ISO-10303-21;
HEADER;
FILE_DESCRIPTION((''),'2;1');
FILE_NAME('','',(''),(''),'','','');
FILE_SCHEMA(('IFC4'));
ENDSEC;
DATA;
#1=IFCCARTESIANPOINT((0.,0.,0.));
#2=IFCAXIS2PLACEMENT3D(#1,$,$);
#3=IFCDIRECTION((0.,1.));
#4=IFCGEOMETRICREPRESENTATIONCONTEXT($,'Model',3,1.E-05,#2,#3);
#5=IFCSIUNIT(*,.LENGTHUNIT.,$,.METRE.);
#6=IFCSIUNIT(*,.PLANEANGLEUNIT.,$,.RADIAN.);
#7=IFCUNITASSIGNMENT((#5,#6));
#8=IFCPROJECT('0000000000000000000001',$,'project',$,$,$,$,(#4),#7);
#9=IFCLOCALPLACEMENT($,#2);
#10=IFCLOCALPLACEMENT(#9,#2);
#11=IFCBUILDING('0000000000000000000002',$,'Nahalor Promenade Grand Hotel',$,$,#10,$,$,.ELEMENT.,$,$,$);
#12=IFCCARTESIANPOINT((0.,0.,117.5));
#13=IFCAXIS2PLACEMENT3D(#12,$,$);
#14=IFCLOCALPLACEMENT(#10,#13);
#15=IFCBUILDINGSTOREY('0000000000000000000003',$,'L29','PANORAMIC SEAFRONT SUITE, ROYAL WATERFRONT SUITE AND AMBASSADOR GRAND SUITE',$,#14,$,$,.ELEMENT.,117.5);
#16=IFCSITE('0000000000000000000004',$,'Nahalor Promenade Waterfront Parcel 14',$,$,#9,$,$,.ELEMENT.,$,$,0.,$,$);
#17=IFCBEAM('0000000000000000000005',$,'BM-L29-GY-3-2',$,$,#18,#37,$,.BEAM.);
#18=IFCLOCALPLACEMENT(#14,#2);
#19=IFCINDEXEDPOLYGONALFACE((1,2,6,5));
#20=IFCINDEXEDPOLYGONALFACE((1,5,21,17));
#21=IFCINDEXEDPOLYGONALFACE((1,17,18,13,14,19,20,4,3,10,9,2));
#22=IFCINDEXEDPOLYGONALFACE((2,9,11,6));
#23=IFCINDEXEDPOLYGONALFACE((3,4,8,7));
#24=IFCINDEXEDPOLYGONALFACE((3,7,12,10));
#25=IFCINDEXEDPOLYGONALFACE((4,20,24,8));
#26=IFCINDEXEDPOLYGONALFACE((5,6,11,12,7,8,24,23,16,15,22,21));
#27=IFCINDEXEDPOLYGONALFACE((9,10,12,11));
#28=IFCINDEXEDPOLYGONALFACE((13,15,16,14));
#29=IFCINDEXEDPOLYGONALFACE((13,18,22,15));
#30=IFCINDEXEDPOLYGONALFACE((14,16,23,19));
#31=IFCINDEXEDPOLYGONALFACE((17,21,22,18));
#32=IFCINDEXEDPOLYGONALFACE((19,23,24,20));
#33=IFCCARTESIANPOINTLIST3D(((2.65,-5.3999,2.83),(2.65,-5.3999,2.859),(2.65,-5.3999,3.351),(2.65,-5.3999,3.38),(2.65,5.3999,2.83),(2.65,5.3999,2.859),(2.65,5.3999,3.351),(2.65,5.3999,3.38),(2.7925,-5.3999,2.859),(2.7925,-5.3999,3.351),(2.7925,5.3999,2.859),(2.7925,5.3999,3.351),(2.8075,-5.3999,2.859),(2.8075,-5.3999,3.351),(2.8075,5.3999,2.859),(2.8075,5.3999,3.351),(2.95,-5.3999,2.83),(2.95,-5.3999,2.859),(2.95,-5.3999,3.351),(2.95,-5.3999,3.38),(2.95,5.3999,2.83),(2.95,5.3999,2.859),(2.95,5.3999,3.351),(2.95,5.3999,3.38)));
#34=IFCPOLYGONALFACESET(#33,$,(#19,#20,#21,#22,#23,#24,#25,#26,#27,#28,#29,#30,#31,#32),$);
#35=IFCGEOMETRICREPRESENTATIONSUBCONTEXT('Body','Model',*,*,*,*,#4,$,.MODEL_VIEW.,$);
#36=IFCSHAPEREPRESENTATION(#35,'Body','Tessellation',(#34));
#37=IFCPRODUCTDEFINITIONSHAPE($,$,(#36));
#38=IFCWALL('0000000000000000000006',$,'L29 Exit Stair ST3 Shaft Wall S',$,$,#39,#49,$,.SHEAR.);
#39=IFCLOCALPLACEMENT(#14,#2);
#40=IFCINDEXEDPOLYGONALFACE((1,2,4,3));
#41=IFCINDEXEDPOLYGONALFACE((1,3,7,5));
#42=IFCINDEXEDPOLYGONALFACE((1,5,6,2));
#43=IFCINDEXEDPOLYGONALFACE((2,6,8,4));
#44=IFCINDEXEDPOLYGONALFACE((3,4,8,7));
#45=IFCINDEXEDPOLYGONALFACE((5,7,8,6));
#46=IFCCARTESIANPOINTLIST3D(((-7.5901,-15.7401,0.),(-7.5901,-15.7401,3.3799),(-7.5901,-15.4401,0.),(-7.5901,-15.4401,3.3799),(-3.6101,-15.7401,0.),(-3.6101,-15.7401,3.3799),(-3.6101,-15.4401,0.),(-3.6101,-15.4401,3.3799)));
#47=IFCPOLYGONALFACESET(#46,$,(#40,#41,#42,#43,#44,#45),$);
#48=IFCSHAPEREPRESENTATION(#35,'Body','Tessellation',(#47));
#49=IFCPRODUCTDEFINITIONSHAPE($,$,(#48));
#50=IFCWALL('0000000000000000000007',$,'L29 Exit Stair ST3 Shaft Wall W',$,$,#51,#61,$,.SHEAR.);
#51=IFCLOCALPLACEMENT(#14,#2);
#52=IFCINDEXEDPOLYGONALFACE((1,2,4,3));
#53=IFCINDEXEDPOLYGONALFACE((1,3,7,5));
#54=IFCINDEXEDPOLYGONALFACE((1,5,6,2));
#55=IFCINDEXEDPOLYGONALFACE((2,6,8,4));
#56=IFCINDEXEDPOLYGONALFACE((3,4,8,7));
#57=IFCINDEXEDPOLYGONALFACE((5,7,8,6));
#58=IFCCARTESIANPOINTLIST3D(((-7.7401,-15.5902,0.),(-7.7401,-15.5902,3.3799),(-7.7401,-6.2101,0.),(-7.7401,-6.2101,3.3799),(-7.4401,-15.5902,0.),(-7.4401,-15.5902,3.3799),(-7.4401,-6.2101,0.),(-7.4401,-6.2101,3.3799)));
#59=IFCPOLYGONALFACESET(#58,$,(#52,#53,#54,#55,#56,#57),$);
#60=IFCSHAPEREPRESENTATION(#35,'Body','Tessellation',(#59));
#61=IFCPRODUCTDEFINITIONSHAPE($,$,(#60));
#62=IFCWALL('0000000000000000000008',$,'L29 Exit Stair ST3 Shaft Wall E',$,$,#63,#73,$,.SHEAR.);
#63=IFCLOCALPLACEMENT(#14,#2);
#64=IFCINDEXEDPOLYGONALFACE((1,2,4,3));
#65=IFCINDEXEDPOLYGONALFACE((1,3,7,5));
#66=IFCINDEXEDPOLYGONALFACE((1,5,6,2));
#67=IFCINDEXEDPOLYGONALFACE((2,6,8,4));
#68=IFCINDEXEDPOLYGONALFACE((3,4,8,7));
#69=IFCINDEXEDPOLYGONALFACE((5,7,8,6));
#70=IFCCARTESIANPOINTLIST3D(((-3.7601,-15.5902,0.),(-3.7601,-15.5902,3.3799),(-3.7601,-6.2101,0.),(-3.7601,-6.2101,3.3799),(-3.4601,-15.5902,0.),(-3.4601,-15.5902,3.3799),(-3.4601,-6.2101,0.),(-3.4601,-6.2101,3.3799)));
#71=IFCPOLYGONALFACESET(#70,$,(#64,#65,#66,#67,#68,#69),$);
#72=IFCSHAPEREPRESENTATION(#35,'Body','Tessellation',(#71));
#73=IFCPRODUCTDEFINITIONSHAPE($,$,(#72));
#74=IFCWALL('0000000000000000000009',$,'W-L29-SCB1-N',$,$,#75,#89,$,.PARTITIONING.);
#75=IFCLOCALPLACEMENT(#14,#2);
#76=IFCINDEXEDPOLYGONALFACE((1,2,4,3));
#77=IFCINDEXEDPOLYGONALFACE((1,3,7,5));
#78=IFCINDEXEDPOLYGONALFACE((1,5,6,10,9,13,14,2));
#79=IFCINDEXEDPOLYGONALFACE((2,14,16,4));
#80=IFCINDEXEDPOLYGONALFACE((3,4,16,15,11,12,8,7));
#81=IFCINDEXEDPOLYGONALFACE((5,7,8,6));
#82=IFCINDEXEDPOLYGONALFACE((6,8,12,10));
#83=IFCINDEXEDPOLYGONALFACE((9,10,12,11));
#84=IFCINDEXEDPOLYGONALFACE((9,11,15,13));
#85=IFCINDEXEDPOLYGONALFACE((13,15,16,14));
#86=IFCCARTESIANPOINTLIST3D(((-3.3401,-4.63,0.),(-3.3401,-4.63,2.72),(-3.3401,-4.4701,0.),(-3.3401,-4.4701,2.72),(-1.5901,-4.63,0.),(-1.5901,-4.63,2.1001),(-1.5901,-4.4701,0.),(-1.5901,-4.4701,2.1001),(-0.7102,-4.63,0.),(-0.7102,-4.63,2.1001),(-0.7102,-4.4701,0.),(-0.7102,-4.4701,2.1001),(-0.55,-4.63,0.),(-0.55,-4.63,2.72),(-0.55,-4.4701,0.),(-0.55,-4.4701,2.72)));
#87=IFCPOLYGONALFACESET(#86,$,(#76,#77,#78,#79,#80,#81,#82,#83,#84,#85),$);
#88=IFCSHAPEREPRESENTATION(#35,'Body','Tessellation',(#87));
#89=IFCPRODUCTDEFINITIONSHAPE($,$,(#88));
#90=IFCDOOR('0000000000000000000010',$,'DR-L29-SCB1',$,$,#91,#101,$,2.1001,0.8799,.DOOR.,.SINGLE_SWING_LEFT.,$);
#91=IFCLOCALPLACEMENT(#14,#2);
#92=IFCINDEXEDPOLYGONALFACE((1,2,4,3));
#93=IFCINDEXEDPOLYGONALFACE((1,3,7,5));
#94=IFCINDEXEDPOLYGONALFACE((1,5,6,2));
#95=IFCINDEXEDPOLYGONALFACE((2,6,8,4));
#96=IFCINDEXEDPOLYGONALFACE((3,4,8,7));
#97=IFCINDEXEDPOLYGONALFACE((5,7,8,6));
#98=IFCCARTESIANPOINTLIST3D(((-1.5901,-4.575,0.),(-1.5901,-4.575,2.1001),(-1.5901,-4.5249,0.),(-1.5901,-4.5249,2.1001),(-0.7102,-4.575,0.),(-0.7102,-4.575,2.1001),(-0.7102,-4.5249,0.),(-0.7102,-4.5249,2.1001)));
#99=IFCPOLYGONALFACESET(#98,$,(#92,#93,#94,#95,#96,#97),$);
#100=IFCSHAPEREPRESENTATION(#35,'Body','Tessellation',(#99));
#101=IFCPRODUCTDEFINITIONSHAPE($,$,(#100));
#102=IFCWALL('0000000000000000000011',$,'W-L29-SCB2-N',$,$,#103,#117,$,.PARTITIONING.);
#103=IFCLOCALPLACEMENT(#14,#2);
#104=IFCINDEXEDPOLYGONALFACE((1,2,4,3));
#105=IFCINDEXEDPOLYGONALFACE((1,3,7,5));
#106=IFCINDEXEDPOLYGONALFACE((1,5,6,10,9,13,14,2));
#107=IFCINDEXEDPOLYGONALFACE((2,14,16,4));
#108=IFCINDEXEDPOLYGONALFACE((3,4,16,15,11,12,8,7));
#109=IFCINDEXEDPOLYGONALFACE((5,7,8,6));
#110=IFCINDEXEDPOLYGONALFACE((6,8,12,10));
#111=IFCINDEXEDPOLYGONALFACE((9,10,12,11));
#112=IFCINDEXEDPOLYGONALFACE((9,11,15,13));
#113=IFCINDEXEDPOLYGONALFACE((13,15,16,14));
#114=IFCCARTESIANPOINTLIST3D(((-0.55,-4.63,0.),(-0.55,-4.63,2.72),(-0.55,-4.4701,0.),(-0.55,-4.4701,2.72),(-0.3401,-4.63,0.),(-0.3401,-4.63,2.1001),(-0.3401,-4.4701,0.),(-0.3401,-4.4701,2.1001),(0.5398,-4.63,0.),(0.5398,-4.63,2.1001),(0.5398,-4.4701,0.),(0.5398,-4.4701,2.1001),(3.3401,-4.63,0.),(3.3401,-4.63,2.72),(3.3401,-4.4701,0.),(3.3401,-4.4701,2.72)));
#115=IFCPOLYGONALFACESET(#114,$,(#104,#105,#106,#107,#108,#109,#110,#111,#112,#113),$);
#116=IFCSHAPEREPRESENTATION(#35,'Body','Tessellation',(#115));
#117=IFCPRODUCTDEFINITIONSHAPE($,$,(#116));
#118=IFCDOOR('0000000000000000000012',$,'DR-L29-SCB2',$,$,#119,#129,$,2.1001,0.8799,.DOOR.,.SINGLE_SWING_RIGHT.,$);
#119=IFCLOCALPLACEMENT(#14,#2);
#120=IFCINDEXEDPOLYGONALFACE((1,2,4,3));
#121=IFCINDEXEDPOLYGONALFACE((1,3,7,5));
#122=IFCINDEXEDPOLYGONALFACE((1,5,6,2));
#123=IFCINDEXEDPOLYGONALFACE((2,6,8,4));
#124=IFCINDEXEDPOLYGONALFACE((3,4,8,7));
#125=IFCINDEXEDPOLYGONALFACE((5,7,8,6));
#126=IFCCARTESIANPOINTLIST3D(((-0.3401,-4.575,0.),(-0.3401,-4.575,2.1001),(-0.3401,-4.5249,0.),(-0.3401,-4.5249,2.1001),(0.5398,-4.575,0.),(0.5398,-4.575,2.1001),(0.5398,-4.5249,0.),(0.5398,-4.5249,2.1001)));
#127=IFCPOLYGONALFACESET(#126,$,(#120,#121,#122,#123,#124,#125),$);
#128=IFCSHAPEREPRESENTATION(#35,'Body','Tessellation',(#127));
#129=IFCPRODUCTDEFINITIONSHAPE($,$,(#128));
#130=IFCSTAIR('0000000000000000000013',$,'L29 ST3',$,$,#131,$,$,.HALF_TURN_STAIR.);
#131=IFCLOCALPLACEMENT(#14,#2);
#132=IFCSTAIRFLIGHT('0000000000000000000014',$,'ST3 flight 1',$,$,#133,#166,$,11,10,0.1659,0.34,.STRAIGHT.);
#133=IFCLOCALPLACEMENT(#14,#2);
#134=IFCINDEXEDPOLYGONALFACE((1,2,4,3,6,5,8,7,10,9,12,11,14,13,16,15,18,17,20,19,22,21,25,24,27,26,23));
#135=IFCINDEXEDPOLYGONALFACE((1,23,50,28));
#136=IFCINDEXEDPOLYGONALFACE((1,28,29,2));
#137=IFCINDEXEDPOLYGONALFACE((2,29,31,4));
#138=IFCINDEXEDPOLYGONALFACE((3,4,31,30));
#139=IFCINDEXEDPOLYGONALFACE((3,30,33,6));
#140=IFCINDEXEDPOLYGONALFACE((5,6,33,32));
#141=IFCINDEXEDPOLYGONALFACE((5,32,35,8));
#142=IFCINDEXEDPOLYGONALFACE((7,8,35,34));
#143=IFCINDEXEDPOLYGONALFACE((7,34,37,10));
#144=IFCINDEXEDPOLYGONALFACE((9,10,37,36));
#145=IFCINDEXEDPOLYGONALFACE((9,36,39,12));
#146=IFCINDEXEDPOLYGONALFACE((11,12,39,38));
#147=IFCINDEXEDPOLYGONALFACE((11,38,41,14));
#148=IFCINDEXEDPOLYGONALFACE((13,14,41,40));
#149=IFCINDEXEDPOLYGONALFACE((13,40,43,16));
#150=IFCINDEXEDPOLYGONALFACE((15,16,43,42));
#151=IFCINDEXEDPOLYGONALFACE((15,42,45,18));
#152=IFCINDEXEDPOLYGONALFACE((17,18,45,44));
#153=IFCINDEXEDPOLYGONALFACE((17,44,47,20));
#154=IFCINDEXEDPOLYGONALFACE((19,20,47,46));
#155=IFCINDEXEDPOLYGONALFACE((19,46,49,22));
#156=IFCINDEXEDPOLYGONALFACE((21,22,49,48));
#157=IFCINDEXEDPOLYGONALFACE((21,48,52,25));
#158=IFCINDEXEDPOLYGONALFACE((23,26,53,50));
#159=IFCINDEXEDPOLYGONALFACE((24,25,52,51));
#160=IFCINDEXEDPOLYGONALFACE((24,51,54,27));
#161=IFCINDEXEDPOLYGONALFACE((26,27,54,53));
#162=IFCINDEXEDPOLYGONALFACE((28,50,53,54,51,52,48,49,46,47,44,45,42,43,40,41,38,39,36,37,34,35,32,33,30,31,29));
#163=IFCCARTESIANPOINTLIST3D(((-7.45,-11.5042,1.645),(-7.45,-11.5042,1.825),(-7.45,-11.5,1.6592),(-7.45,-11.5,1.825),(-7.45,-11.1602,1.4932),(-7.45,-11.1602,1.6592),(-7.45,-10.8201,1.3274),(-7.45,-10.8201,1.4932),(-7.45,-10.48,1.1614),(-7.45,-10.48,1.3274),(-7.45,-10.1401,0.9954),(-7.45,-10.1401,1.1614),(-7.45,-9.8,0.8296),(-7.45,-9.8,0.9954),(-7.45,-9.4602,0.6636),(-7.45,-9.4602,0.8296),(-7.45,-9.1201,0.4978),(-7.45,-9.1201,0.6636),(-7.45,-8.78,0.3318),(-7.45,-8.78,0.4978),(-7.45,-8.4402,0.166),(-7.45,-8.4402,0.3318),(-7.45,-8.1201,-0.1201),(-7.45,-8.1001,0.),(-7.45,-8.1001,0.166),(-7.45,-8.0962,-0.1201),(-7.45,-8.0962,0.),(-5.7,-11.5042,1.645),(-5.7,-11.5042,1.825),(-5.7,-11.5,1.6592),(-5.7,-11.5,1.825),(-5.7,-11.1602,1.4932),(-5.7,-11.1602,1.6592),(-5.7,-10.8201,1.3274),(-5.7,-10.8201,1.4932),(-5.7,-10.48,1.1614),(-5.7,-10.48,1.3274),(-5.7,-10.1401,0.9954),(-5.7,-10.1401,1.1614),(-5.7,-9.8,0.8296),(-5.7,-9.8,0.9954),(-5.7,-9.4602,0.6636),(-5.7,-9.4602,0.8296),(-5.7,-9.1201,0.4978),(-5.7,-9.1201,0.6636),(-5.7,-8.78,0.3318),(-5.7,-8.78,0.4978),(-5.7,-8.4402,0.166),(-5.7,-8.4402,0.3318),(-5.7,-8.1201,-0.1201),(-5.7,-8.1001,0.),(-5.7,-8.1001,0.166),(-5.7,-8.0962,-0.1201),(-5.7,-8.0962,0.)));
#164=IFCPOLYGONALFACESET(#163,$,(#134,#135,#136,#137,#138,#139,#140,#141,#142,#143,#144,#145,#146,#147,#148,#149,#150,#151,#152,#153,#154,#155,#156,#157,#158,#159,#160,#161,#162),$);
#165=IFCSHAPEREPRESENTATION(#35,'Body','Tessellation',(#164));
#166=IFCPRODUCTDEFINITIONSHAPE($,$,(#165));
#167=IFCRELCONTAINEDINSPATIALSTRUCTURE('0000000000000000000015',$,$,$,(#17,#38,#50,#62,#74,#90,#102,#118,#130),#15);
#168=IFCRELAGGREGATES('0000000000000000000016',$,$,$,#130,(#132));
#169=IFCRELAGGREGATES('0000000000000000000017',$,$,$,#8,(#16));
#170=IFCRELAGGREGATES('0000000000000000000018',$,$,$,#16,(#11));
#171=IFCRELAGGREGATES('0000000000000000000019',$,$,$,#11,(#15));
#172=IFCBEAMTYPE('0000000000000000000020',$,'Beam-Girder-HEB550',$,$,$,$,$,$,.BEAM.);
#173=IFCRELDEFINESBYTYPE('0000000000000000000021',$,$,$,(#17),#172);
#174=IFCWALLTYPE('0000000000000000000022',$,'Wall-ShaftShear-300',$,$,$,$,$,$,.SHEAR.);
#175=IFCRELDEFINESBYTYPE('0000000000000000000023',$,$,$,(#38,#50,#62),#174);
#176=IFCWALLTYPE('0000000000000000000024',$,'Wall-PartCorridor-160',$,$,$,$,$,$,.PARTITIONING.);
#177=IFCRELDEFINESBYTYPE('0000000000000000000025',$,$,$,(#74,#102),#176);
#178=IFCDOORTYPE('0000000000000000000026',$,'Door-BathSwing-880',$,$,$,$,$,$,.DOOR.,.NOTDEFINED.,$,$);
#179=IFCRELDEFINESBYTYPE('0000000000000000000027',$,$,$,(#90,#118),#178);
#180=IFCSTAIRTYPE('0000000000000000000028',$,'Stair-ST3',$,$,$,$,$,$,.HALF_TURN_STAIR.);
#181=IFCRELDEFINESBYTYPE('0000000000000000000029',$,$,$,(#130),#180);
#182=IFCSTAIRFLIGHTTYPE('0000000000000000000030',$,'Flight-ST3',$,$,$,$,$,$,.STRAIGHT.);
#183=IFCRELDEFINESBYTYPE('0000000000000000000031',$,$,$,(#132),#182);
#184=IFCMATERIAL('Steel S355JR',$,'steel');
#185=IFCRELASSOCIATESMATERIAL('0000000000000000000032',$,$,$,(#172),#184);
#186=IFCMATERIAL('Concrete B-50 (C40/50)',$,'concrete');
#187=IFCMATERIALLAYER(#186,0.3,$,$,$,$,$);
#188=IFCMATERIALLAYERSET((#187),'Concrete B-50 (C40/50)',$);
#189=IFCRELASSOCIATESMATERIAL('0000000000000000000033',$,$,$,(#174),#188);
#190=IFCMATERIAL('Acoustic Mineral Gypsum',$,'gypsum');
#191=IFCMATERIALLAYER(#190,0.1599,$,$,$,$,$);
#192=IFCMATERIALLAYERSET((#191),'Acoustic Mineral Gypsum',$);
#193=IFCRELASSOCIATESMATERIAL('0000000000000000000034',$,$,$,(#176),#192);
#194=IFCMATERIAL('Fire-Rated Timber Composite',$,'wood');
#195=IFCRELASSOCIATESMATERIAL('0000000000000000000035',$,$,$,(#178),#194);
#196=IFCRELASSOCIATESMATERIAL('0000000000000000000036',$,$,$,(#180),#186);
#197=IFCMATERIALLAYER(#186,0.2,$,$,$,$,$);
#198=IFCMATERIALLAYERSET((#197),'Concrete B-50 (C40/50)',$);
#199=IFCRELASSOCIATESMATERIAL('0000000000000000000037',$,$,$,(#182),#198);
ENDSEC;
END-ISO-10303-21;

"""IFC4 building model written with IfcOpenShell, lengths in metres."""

from ifc_helpers import new_model, si_unit, direction, frame, frame_2d, origin, origin_2d, place, context, subcontext, project, spatial, polyline, rectangle, i_section, outline, extrude, source, transform, mapped, material, layer, layer_set, material_profile, profile_set, type_object, element, fill, aggregate, save


model = new_model("IFC4")

# Units and contexts
model_context = context("Model", 3, precision=1e-05, world=origin(), true_north=direction((0.0, 1.0)))
body_context = subcontext(model_context, "Body", "Model", "MODEL_VIEW")
ifc_project = project(units=[si_unit("LENGTHUNIT", "METRE"), si_unit("PLANEANGLEUNIT", "RADIAN")], contexts=[model_context])

# Site, building, storey
site_placement = place(None, origin())
site = spatial("IfcSite", under=ifc_project, at=site_placement, Name="Nahalor Promenade Waterfront Parcel 14", CompositionType="ELEMENT", RefElevation=0.0)
building_placement = place(site_placement, origin())
building = spatial("IfcBuilding", under=site, at=building_placement, Name="Nahalor Promenade Grand Hotel", CompositionType="ELEMENT")
storey_placement = place(building_placement, frame((0.0, 0.0, 117.5)))
storey = spatial("IfcBuildingStorey", under=building, at=storey_placement, Name="L29", Description="PANORAMIC SEAFRONT SUITE, ROYAL WATERFRONT SUITE AND AMBASSADOR GRAND SUITE", CompositionType="ELEMENT", Elevation=117.5)

# Beam
ifc_material_1 = material(Name="Steel S355JR", Category="steel")
ifc_material_profile_1 = material_profile(ifc_material_1, i_section(OverallWidth=0.3, OverallDepth=0.55, WebThickness=0.015, FlangeThickness=0.029, at=origin_2d()), Name="HEB 550")
ifc_profile_set_1 = profile_set([ifc_material_profile_1], Name="Steel S355JR")
beam_type = type_object("IfcBeamType", Name="Beam-Girder-HEB550", PredefinedType="BEAM", material=ifc_profile_set_1)
shared_shape_1 = source(origin(), body_context, "Body", "SweptSolid", [
    extrude(i_section(OverallWidth=0.3, OverallDepth=0.55, WebThickness=0.015, FlangeThickness=0.029, at=origin_2d()), origin(), (0.0, 0.0, 1.0), 10.7998),
])
for number, where, z_axis, x_axis, name in (
    (1, (2.8, -5.3999, 3.105), (0.0, 1.0, 0.0), (-1.0, 0.0, 0.0), "BM-L29-GY-3-2"),
):
    element("IfcBeam", number, at=place(storey_placement, frame(where, z_axis=z_axis, x_axis=x_axis)), inside=storey, type_object=beam_type, Name=name, PredefinedType="BEAM", context=body_context, shape_type="MappedRepresentation", body=[
        mapped(shared_shape_1, transform((0.0, 0.0, 0.0), scale=1.0)),
    ])

# Wall
ifc_material_2 = material(Name="Concrete B-50 (C40/50)", Category="concrete")
ifc_layer_1 = layer(ifc_material_2, 0.3)
ifc_layer_set_1 = layer_set([ifc_layer_1], Name="Concrete B-50 (C40/50)")
wall_type_1 = type_object("IfcWallType", Name="Wall-ShaftShear-300", PredefinedType="SHEAR", material=ifc_layer_set_1)
shared_shape_2 = source(origin(), body_context, "Body", "SweptSolid", [
    extrude(rectangle(XDim=3.98, YDim=0.3, at=frame_2d((1.99, 0.0))), origin(), (0.0, 0.0, 1.0), 3.3799),
])
wall_1_placement = place(storey_placement, frame((-7.5901, -15.5901, 0.0), z_axis=(0.0, 0.0, 1.0), x_axis=(1.0, 0.0, 0.0)))
element("IfcWall", 2, at=wall_1_placement, inside=storey, type_object=wall_type_1, Name="L29 Exit Stair ST3 Shaft Wall S", PredefinedType="SHEAR", context=body_context, shape_type="MappedRepresentation", body=[
    mapped(shared_shape_2, transform((0.0, 0.0, 0.0), scale=1.0)),
])

# Walls
shared_shape_3 = source(origin(), body_context, "Body", "SweptSolid", [
    extrude(rectangle(XDim=9.3801, YDim=0.3, at=frame_2d((4.6899, 0.0))), origin(), (0.0, 0.0, 1.0), 3.3799),
])
for number, where, z_axis, x_axis, name in (
    (3, (-7.5901, -15.5901, 0.0), (0.0, 0.0, 1.0), (0.0, 1.0, 0.0), "L29 Exit Stair ST3 Shaft Wall W"),
    (4, (-3.6101, -15.5901, 0.0), (0.0, 0.0, 1.0), (0.0, 1.0, 0.0), "L29 Exit Stair ST3 Shaft Wall E"),
):
    element("IfcWall", number, at=place(storey_placement, frame(where, z_axis=z_axis, x_axis=x_axis)), inside=storey, type_object=wall_type_1, Name=name, PredefinedType="SHEAR", context=body_context, shape_type="MappedRepresentation", body=[
        mapped(shared_shape_3, transform((0.0, 0.0, 0.0), scale=1.0)),
    ])

# Walls, openings, doors
ifc_material_3 = material(Name="Acoustic Mineral Gypsum", Category="gypsum")
ifc_layer_2 = layer(ifc_material_3, 0.1599)
ifc_layer_set_2 = layer_set([ifc_layer_2], Name="Acoustic Mineral Gypsum")
wall_type_2 = type_object("IfcWallType", Name="Wall-PartCorridor-160", PredefinedType="PARTITIONING", material=ifc_layer_set_2)
shared_shape_4 = source(origin(), body_context, "Body", "SweptSolid", [
    extrude(rectangle(XDim=2.79, YDim=0.1599, at=frame_2d((1.395, 0.0))), origin(), (0.0, 0.0, 1.0), 2.72),
])
wall_2_placement = place(storey_placement, frame((-3.3401, -4.55, 0.0), z_axis=(0.0, 0.0, 1.0), x_axis=(1.0, 0.0, 0.0)))
wall_2 = element("IfcWall", 5, at=wall_2_placement, inside=storey, type_object=wall_type_2, Name="W-L29-SCB1-N", PredefinedType="PARTITIONING", context=body_context, shape_type="MappedRepresentation", body=[
    mapped(shared_shape_4, transform((0.0, 0.0, 0.0), scale=1.0)),
])
opening_1_placement = place(wall_2_placement, frame((1.75, 0.0, 0.0)))
opening_1 = element("IfcOpeningElement", 6, at=opening_1_placement, cuts=wall_2, PredefinedType="OPENING", context=body_context, shape_type="SweptSolid", body=[
    extrude(rectangle(XDim=0.8799, YDim=2.1001, at=frame_2d((0.4399, 1.05))), frame((0.0, 0.0898, 0.0), z_axis=(0.0, -1.0, 0.0), x_axis=(1.0, 0.0, 0.0)), (0.0, 0.0, 1.0), 0.1799),
])
ifc_material_4 = material(Name="Fire-Rated Timber Composite", Category="wood")
door_type_1 = type_object("IfcDoorType", Name="Door-BathSwing-880", OperationType="NOTDEFINED", PredefinedType="DOOR", material=ifc_material_4)
shared_shape_5 = source(origin(), body_context, "Body", "SweptSolid", [
    extrude(rectangle(XDim=0.8799, YDim=2.1001, at=frame_2d((0.4399, 1.05))), frame((0.0, 0.0249, 0.0), z_axis=(0.0, -1.0, 0.0), x_axis=(1.0, 0.0, 0.0)), (0.0, 0.0, 1.0), 0.05),
])
door_1_placement = place(opening_1_placement, frame((0.8799, 0.0, 0.0), z_axis=(0.0, 0.0, 1.0), x_axis=(-1.0, 0.0, 0.0)))
door_1 = element("IfcDoor", 7, at=door_1_placement, inside=storey, type_object=door_type_1, Name="DR-L29-SCB1", OperationType="SINGLE_SWING_LEFT", OverallHeight=2.1001, OverallWidth=0.8799, PredefinedType="DOOR", context=body_context, shape_type="MappedRepresentation", body=[
    mapped(shared_shape_5, transform((0.0, 0.0, 0.0), scale=1.0)),
])
fill(opening_1, door_1)
shared_shape_6 = source(origin(), body_context, "Body", "SweptSolid", [
    extrude(rectangle(XDim=3.8901, YDim=0.1599, at=frame_2d((1.9451, 0.0))), origin(), (0.0, 0.0, 1.0), 2.72),
])
wall_3_placement = place(storey_placement, frame((-0.55, -4.55, 0.0), z_axis=(0.0, 0.0, 1.0), x_axis=(1.0, 0.0, 0.0)))
wall_3 = element("IfcWall", 8, at=wall_3_placement, inside=storey, type_object=wall_type_2, Name="W-L29-SCB2-N", PredefinedType="PARTITIONING", context=body_context, shape_type="MappedRepresentation", body=[
    mapped(shared_shape_6, transform((0.0, 0.0, 0.0), scale=1.0)),
])
opening_2_placement = place(wall_3_placement, frame((0.21, 0.0, 0.0)))
opening_2 = element("IfcOpeningElement", 9, at=opening_2_placement, cuts=wall_3, PredefinedType="OPENING", context=body_context, shape_type="SweptSolid", body=[
    extrude(rectangle(XDim=0.8799, YDim=2.1001, at=frame_2d((0.4399, 1.05))), frame((0.0, 0.0898, 0.0), z_axis=(0.0, -1.0, 0.0), x_axis=(1.0, 0.0, 0.0)), (0.0, 0.0, 1.0), 0.1799),
])
door_2_placement = place(opening_2_placement, frame((0.8799, 0.0, 0.0), z_axis=(0.0, 0.0, 1.0), x_axis=(-1.0, 0.0, 0.0)))
door_2 = element("IfcDoor", 10, at=door_2_placement, inside=storey, type_object=door_type_1, Name="DR-L29-SCB2", OperationType="SINGLE_SWING_RIGHT", OverallHeight=2.1001, OverallWidth=0.8799, PredefinedType="DOOR", context=body_context, shape_type="MappedRepresentation", body=[
    mapped(shared_shape_5, transform((0.0, 0.0, 0.0), scale=1.0)),
])
fill(opening_2, door_2)

# Stair, stair flight
stair_type = type_object("IfcStairType", Name="Stair-ST3", PredefinedType="HALF_TURN_STAIR", material=ifc_material_2)
stair_placement = place(storey_placement, origin())
stair = element("IfcStair", 11, at=stair_placement, inside=storey, type_object=stair_type, Name="L29 ST3", PredefinedType="HALF_TURN_STAIR")
ifc_layer_3 = layer(ifc_material_2, 0.2)
ifc_layer_set_3 = layer_set([ifc_layer_3], Name="Concrete B-50 (C40/50)")
stair_flight_type = type_object("IfcStairFlightType", Name="Flight-ST3", PredefinedType="STRAIGHT", material=ifc_layer_set_3)
shared_shape_7 = source(origin(), body_context, "Body", "SweptSolid", [
    extrude(outline(polyline([(-0.0039, -0.1201), (-0.0039, 0.0), (0.0, 0.0), (0.0, 0.166), (0.3401, 0.166), (0.3401, 0.3318), (0.6799, 0.3318), (0.6799, 0.4978), (1.02, 0.4978), (1.02, 0.6636), (1.3601, 0.6636), (1.3601, 0.8296), (1.7, 0.8296), (1.7, 0.9954), (2.04, 0.9954), (2.04, 1.1614), (2.3799, 1.1614), (2.3799, 1.3274), (2.72, 1.3274), (2.72, 1.4932), (3.0601, 1.4932), (3.0601, 1.6592), (3.3999, 1.6592), (3.3999, 1.825), (3.4041, 1.825), (3.4041, 1.645), (0.02, -0.1201), (-0.0039, -0.1201)])), frame((0.0, 0.875, 0.0), z_axis=(0.0, -1.0, 0.0), x_axis=(1.0, 0.0, 0.0)), (0.0, 0.0, 1.0), 1.75),
])
stair_flight_1_placement = place(storey_placement, frame((-6.575, -8.1001, 0.0), z_axis=(0.0, 0.0, 1.0), x_axis=(0.0, -1.0, 0.0)))
stair_flight_1 = element("IfcStairFlight", 12, at=stair_flight_1_placement, type_object=stair_flight_type, Name="ST3 flight 1", NumberOfRisers=11, NumberOfTreads=10, PredefinedType="STRAIGHT", RiserHeight=0.1659, TreadLength=0.34, context=body_context, shape_type="MappedRepresentation", body=[
    mapped(shared_shape_7, transform((0.0, 0.0, 0.0), scale=1.0)),
])
aggregate(stair, [stair_flight_1])

save(model, "model.ifc")
